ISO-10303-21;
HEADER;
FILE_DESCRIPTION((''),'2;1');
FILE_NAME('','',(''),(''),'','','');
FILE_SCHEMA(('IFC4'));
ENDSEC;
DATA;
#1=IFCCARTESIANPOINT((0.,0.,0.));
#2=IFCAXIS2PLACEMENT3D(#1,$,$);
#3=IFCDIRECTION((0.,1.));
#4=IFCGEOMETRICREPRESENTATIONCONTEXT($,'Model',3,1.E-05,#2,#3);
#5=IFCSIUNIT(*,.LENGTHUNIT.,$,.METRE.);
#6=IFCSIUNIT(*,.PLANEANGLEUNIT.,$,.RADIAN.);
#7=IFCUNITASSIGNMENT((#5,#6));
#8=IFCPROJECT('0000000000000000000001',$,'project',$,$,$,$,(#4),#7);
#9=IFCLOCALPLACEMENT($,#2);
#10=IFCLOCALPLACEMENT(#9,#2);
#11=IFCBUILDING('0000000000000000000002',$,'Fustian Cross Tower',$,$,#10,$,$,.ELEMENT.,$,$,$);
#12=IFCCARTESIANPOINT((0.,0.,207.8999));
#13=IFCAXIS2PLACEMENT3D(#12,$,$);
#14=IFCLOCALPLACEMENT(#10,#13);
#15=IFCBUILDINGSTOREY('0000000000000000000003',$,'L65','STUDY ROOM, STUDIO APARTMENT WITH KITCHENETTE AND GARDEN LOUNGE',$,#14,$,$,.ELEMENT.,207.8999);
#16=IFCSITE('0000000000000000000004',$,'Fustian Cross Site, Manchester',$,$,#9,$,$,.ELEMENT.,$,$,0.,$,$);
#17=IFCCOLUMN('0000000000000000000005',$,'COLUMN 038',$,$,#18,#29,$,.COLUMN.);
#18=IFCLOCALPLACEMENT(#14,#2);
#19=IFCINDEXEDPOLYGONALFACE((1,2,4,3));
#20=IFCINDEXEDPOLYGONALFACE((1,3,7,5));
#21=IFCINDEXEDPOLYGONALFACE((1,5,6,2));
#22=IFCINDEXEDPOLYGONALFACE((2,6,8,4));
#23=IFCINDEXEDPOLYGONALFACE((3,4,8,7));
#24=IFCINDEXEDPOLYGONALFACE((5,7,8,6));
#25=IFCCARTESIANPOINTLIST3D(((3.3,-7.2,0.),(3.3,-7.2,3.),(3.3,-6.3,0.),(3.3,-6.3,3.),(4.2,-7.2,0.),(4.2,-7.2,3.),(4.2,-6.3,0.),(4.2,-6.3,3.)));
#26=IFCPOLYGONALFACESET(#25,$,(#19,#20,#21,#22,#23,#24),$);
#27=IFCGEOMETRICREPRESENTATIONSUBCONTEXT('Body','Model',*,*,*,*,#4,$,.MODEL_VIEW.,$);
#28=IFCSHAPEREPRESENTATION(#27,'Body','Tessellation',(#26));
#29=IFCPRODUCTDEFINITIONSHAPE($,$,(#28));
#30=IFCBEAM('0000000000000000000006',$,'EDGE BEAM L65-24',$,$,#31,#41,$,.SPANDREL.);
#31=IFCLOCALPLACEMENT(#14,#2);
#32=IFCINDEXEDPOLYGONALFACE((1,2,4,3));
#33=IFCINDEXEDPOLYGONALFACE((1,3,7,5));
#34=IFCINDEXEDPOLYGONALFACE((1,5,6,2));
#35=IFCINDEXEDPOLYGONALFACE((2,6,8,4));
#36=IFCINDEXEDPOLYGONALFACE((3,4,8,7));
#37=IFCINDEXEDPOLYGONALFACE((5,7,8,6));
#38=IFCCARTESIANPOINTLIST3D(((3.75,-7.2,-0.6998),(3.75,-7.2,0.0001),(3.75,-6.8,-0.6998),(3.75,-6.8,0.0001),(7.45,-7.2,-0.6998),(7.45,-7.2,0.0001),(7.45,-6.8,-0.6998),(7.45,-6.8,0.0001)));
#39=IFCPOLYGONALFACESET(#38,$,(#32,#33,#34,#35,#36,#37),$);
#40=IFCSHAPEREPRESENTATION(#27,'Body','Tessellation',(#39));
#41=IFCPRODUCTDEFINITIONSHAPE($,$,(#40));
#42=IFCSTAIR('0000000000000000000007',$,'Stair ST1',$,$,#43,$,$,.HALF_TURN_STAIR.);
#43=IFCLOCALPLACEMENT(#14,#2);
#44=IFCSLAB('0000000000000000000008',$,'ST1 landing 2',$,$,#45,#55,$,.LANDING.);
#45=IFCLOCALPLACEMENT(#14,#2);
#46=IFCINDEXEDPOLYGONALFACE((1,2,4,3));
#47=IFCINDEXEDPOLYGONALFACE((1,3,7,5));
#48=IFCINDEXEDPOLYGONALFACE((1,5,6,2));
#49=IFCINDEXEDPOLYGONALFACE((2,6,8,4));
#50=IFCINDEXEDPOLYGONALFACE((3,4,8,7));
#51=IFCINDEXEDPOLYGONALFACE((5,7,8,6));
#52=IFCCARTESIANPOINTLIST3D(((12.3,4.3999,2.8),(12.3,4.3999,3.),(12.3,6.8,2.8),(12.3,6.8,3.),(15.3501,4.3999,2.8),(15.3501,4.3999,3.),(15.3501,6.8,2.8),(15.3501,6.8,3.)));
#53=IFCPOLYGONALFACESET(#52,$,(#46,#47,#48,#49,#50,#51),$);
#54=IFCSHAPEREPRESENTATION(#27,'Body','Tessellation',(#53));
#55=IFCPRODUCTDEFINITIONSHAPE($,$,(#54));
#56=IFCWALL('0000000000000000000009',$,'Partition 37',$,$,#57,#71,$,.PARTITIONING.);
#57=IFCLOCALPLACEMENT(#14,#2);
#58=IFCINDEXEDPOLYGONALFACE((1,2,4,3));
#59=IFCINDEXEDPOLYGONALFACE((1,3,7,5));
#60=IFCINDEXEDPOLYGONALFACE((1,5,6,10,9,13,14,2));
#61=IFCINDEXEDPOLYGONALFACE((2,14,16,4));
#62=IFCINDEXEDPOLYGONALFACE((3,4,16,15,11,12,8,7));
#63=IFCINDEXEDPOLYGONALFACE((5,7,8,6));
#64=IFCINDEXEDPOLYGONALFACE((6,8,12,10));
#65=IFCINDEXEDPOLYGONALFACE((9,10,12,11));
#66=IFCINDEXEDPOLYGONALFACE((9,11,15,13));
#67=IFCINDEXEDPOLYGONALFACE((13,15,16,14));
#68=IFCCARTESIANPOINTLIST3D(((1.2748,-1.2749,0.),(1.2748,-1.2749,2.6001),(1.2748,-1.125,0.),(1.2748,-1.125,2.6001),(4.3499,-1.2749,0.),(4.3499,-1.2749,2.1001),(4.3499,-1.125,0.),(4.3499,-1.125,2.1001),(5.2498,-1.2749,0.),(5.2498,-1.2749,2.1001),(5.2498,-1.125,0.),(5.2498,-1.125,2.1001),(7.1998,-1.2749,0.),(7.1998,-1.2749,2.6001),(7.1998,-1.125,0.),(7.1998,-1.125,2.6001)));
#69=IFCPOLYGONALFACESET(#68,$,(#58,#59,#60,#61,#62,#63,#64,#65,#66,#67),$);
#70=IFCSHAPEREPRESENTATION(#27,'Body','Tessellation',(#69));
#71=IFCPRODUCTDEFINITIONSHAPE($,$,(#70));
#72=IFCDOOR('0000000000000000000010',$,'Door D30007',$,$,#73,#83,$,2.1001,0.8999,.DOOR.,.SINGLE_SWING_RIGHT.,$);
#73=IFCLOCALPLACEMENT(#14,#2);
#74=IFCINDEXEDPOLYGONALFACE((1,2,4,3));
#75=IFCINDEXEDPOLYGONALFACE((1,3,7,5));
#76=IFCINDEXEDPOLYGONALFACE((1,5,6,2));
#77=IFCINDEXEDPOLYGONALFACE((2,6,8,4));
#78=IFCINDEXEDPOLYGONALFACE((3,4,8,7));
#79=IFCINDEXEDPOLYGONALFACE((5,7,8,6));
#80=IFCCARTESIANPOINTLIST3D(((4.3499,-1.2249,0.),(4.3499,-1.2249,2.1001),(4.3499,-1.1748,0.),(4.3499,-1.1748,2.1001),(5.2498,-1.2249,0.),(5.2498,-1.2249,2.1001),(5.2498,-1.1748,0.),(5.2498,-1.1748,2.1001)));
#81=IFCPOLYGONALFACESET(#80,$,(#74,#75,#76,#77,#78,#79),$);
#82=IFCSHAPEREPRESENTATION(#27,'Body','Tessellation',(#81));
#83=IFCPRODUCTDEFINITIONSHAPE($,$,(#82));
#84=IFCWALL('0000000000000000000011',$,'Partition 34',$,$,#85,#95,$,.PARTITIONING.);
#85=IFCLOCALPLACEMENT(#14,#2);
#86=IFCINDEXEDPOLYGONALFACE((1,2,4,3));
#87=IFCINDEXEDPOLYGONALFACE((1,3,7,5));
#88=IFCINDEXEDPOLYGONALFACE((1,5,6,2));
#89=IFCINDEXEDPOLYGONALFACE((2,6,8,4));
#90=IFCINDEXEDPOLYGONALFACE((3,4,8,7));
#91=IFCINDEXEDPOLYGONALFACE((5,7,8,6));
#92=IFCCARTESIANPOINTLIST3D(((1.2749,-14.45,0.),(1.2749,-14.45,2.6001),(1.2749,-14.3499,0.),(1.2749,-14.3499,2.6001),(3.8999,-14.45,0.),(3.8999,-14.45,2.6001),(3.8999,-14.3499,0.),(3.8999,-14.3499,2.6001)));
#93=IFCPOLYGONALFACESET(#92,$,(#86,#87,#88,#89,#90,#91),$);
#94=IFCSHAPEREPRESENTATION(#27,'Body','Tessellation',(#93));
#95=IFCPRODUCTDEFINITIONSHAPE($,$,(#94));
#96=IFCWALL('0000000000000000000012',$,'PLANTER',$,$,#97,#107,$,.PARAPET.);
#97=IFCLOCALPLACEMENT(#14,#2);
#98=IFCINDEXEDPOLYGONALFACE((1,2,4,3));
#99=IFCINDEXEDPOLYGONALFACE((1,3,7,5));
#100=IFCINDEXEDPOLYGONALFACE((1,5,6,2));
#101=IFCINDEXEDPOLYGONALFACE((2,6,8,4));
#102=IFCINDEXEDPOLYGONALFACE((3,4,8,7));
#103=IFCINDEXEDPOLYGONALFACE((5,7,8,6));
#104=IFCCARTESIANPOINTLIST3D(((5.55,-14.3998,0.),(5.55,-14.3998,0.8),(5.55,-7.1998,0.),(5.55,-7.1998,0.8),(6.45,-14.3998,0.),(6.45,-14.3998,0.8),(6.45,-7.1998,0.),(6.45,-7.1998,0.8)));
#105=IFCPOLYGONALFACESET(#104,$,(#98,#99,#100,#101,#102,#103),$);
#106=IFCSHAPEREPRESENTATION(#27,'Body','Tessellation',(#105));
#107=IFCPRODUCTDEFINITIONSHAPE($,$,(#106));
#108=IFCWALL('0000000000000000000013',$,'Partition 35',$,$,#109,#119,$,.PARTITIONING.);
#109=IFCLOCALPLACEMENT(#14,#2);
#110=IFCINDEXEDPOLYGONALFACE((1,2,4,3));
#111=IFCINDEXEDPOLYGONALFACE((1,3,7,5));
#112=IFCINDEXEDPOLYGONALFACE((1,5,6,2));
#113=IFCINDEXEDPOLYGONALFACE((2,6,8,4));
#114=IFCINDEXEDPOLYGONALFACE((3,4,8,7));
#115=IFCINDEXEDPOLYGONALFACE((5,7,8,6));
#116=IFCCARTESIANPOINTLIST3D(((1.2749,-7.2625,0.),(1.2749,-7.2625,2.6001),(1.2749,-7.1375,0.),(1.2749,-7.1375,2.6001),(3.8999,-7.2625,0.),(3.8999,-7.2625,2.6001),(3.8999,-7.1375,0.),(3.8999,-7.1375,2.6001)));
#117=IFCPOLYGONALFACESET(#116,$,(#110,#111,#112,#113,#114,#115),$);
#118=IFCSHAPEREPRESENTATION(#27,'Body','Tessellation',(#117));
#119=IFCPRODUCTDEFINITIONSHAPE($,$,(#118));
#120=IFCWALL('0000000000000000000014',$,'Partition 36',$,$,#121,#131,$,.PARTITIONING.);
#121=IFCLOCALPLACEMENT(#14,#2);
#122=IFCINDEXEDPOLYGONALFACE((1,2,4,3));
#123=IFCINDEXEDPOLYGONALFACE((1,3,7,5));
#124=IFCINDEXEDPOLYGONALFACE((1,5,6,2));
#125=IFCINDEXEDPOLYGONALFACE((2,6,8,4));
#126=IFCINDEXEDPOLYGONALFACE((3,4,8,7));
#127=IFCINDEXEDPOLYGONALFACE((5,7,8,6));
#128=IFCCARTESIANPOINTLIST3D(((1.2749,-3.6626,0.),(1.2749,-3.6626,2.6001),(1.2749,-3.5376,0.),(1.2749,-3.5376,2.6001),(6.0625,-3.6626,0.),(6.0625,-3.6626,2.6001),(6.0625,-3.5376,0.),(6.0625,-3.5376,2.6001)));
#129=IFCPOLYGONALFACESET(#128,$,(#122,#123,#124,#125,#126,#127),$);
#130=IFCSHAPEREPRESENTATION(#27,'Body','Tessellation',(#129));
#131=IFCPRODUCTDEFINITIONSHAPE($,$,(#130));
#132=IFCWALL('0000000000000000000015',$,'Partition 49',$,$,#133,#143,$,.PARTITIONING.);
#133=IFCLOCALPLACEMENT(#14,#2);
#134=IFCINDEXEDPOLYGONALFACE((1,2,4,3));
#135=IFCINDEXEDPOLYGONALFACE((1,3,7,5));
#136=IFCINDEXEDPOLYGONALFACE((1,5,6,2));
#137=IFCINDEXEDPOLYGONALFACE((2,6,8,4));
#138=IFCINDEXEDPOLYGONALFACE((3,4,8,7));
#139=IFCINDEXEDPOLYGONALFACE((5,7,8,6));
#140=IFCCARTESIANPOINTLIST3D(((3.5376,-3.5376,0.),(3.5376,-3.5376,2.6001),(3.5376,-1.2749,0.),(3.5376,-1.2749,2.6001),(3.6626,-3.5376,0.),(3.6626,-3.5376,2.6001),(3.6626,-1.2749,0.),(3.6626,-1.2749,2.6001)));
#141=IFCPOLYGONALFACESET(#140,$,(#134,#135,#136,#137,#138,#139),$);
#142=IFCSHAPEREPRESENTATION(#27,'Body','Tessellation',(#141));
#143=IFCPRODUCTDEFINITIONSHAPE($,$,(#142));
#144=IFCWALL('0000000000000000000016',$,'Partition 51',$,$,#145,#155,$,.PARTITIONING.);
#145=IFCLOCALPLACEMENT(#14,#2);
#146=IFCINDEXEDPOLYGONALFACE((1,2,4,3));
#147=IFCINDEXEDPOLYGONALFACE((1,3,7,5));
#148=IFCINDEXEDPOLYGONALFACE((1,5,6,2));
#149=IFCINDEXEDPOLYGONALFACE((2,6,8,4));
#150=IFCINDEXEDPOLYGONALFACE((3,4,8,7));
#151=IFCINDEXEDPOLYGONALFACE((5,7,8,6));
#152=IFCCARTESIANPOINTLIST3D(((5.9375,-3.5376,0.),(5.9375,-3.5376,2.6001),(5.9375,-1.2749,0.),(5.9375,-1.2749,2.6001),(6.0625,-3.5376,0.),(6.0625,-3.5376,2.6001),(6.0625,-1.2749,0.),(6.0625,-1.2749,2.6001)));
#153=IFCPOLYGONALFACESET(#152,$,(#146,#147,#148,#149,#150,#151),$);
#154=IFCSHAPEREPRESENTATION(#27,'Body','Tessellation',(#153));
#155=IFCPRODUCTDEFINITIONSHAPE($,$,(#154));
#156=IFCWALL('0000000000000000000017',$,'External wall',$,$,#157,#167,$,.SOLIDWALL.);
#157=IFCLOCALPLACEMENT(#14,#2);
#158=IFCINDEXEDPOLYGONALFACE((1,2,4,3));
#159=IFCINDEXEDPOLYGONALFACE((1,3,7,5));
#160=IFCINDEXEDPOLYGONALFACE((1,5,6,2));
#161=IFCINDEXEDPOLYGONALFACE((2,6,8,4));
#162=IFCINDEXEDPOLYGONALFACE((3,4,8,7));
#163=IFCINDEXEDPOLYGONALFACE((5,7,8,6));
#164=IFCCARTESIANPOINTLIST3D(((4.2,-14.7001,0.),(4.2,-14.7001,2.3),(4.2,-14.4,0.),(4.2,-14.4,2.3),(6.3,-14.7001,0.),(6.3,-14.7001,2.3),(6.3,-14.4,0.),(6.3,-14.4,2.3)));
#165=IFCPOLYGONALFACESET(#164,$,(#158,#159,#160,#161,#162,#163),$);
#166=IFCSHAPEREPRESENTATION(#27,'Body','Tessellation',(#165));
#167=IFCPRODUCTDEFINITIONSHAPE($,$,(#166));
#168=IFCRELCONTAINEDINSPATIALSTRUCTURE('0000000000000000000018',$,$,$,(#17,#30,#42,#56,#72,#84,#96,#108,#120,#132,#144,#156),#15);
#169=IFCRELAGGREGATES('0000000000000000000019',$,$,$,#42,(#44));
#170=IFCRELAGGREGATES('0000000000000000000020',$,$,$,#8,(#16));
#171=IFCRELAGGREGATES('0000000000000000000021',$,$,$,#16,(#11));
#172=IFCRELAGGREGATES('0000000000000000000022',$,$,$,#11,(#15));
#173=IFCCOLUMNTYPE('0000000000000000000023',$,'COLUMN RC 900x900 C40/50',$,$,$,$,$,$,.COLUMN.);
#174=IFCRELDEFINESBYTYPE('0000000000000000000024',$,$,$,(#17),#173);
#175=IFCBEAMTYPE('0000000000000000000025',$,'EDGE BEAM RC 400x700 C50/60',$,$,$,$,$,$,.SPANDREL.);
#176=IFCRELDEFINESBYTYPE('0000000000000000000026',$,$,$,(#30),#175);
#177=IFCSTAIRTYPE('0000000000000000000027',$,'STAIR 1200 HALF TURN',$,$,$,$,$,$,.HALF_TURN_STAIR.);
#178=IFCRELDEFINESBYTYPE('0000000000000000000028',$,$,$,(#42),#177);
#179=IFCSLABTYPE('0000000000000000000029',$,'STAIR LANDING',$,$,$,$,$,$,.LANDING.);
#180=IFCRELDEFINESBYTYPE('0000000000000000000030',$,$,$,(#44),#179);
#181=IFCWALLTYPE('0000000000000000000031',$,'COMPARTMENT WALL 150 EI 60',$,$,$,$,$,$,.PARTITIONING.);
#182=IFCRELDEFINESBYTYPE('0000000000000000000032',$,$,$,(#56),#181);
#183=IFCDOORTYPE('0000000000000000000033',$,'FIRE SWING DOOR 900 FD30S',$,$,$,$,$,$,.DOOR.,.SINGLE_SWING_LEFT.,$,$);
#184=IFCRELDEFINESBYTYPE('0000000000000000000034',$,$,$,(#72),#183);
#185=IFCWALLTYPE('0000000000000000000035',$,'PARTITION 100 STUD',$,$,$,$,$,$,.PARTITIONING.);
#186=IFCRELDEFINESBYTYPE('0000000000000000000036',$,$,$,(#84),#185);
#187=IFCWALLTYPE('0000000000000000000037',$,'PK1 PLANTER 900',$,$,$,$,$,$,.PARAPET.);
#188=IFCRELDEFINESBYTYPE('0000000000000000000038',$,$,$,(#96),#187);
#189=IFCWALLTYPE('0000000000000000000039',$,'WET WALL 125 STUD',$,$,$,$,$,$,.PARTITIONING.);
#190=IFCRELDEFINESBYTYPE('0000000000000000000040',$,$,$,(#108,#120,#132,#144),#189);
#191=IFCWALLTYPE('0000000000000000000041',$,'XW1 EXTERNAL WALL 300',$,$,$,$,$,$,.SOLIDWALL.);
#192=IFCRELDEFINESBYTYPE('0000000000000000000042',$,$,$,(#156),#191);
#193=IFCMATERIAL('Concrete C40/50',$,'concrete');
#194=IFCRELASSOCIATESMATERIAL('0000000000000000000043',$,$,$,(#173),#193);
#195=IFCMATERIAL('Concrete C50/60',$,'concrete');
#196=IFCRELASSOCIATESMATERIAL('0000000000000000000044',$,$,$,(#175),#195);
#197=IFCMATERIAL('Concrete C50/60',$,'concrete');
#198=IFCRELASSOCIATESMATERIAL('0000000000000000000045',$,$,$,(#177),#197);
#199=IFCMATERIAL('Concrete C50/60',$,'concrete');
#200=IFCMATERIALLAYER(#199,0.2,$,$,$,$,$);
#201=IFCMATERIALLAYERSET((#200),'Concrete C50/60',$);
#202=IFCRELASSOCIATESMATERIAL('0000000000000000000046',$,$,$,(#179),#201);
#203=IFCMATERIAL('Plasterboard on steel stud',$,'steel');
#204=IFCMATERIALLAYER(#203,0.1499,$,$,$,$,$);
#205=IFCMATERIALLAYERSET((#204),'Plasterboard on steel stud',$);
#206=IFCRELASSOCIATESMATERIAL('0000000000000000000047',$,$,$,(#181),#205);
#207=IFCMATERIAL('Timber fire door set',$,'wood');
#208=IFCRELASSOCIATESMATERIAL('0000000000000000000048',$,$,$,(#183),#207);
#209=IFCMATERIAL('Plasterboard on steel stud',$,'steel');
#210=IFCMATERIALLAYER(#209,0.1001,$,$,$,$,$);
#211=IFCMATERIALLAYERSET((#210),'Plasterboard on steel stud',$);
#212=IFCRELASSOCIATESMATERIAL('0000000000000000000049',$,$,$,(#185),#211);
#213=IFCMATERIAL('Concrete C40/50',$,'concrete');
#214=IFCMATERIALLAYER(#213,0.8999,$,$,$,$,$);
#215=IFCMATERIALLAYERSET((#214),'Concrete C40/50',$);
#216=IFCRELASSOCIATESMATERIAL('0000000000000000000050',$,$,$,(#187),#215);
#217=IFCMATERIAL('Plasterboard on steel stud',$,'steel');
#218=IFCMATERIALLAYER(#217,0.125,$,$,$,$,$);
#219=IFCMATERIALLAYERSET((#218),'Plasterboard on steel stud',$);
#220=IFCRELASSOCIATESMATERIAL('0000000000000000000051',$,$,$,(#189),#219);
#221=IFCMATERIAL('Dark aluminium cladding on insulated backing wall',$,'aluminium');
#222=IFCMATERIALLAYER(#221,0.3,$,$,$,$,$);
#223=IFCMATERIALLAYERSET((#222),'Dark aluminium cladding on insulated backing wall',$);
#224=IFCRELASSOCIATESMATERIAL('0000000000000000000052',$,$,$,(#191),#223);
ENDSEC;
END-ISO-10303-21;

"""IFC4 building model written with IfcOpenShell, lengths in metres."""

from ifc_helpers import new_model, si_unit, direction, frame, frame_2d, origin, origin_2d, place, context, subcontext, project, spatial, polyline, rectangle, outline, extrude, material, layer, layer_set, material_profile, profile_set, type_object, element, fill, aggregate, save


model = new_model("IFC4")

# Units and contexts
model_context = context("Model", 3, precision=1e-05, world=origin(), true_north=direction((0.0, 1.0)))
body_context = subcontext(model_context, "Body", "Model", "MODEL_VIEW")
ifc_project = project(units=[si_unit("LENGTHUNIT", "METRE"), si_unit("PLANEANGLEUNIT", "RADIAN")], contexts=[model_context])

# Site, building, storey
site_placement = place(None, origin())
site = spatial("IfcSite", under=ifc_project, at=site_placement, Name="Fustian Cross Site, Manchester", CompositionType="ELEMENT", RefElevation=0.0)
building_placement = place(site_placement, origin())
building = spatial("IfcBuilding", under=site, at=building_placement, Name="Fustian Cross Tower", CompositionType="ELEMENT")
storey_placement = place(building_placement, frame((0.0, 0.0, 207.8999)))
storey = spatial("IfcBuildingStorey", under=building, at=storey_placement, Name="L65", Description="STUDY ROOM, STUDIO APARTMENT WITH KITCHENETTE AND GARDEN LOUNGE", CompositionType="ELEMENT", Elevation=207.8999)

# Column
ifc_material_1 = material(Name="Concrete C40/50", Category="concrete")
ifc_material_profile_1 = material_profile(ifc_material_1, rectangle(XDim=0.8999, YDim=0.8999, at=origin_2d()), Name="RC 900x900")
ifc_profile_set_1 = profile_set([ifc_material_profile_1], Name="Concrete C40/50")
column_type = type_object("IfcColumnType", Name="COLUMN RC 900x900 C40/50", PredefinedType="COLUMN", material=ifc_profile_set_1)
column_placement = place(storey_placement, frame((3.75, -6.75, 0.0), z_axis=(0.0, 0.0, 1.0), x_axis=(1.0, 0.0, 0.0)))
element("IfcColumn", 1, at=column_placement, inside=storey, type_object=column_type, Name="COLUMN 038", PredefinedType="COLUMN", context=body_context, shape_type="SweptSolid", body=[
    extrude(rectangle(XDim=0.8999, YDim=0.8999, at=origin_2d()), origin(), (0.0, 0.0, 1.0), 3.0),
])

# Beam
ifc_material_2 = material(Name="Concrete C50/60", Category="concrete")
ifc_material_profile_2 = material_profile(ifc_material_2, rectangle(XDim=0.3999, YDim=0.7, at=origin_2d()), Name="RC 400x700")
ifc_profile_set_2 = profile_set([ifc_material_profile_2], Name="Concrete C50/60")
beam_type = type_object("IfcBeamType", Name="EDGE BEAM RC 400x700 C50/60", PredefinedType="SPANDREL", material=ifc_profile_set_2)
beam_placement = place(storey_placement, frame((3.75, -7.0, -0.3499), z_axis=(1.0, 0.0, 0.0), x_axis=(0.0, 1.0, 0.0)))
element("IfcBeam", 2, at=beam_placement, inside=storey, type_object=beam_type, Name="EDGE BEAM L65-24", PredefinedType="SPANDREL", context=body_context, shape_type="SweptSolid", body=[
    extrude(rectangle(XDim=0.3999, YDim=0.7, at=origin_2d()), origin(), (0.0, 0.0, 1.0), 3.7),
])

# Stair, slab
ifc_material_3 = material(Name="Concrete C50/60", Category="concrete")
stair_type = type_object("IfcStairType", Name="STAIR 1200 HALF TURN", PredefinedType="HALF_TURN_STAIR", material=ifc_material_3)
stair_placement = place(storey_placement, origin())
stair = element("IfcStair", 3, at=stair_placement, inside=storey, type_object=stair_type, Name="Stair ST1", PredefinedType="HALF_TURN_STAIR")
ifc_material_4 = material(Name="Concrete C50/60", Category="concrete")
ifc_layer_1 = layer(ifc_material_4, 0.2)
ifc_layer_set_1 = layer_set([ifc_layer_1], Name="Concrete C50/60")
slab_type = type_object("IfcSlabType", Name="STAIR LANDING", PredefinedType="LANDING", material=ifc_layer_set_1)
slab_placement = place(storey_placement, frame((0.0, 0.0, 2.8)))
slab = element("IfcSlab", 4, at=slab_placement, type_object=slab_type, Name="ST1 landing 2", PredefinedType="LANDING", context=body_context, shape_type="SweptSolid", body=[
    extrude(outline(polyline([(12.3, 4.3999), (15.3501, 4.3999), (15.3501, 6.8), (12.3, 6.8), (12.3, 4.3999)])), origin(), (0.0, 0.0, 1.0), 0.2),
])
aggregate(stair, [slab])

# Wall, opening, door
ifc_material_5 = material(Name="Plasterboard on steel stud", Category="steel")
ifc_layer_2 = layer(ifc_material_5, 0.1499)
ifc_layer_set_2 = layer_set([ifc_layer_2], Name="Plasterboard on steel stud")
wall_type_1 = type_object("IfcWallType", Name="COMPARTMENT WALL 150 EI 60", PredefinedType="PARTITIONING", material=ifc_layer_set_2)
wall_1_placement = place(storey_placement, frame((1.2749, -1.2, 0.0), z_axis=(0.0, 0.0, 1.0), x_axis=(1.0, 0.0, 0.0)))
wall_1 = element("IfcWall", 5, at=wall_1_placement, inside=storey, type_object=wall_type_1, Name="Partition 37", PredefinedType="PARTITIONING", context=body_context, shape_type="SweptSolid", body=[
    extrude(rectangle(XDim=5.925, YDim=0.1499, at=frame_2d((2.9624, 0.0))), origin(), (0.0, 0.0, 1.0), 2.6001),
])
opening_1_placement = place(wall_1_placement, frame((3.075, 0.0, 0.0)))
opening_1 = element("IfcOpeningElement", 6, at=opening_1_placement, cuts=wall_1, PredefinedType="OPENING", context=body_context, shape_type="SweptSolid", body=[
    extrude(rectangle(XDim=0.8999, YDim=2.1001, at=frame_2d((0.45, 1.05))), frame((0.0, 0.085, 0.0), z_axis=(0.0, -1.0, 0.0), x_axis=(1.0, 0.0, 0.0)), (0.0, 0.0, 1.0), 0.1699),
])
ifc_material_6 = material(Name="Timber fire door set", Category="wood")
door_type_1 = type_object("IfcDoorType", Name="FIRE SWING DOOR 900 FD30S", OperationType="SINGLE_SWING_LEFT", PredefinedType="DOOR", material=ifc_material_6)
door_1_placement = place(opening_1_placement, frame((0.8999, 0.0, 0.0), z_axis=(0.0, 0.0, 1.0), x_axis=(-1.0, 0.0, 0.0)))
door_1 = element("IfcDoor", 7, at=door_1_placement, inside=storey, type_object=door_type_1, Name="Door D30007", OperationType="SINGLE_SWING_RIGHT", OverallHeight=2.1001, OverallWidth=0.8999, PredefinedType="DOOR", context=body_context, shape_type="SweptSolid", body=[
    extrude(rectangle(XDim=0.8999, YDim=2.1001, at=frame_2d((0.45, 1.05))), frame((0.0, 0.0249, 0.0), z_axis=(0.0, -1.0, 0.0), x_axis=(1.0, 0.0, 0.0)), (0.0, 0.0, 1.0), 0.05),
])
fill(opening_1, door_1)

# Walls
ifc_material_7 = material(Name="Plasterboard on steel stud", Category="steel")
ifc_layer_3 = layer(ifc_material_7, 0.1001)
ifc_layer_set_3 = layer_set([ifc_layer_3], Name="Plasterboard on steel stud")
wall_type_2 = type_object("IfcWallType", Name="PARTITION 100 STUD", PredefinedType="PARTITIONING", material=ifc_layer_set_3)
wall_2_placement = place(storey_placement, frame((1.2749, -14.3999, 0.0), z_axis=(0.0, 0.0, 1.0), x_axis=(1.0, 0.0, 0.0)))
element("IfcWall", 8, at=wall_2_placement, inside=storey, type_object=wall_type_2, Name="Partition 34", PredefinedType="PARTITIONING", context=body_context, shape_type="SweptSolid", body=[
    extrude(rectangle(XDim=2.625, YDim=0.1001, at=frame_2d((1.3125, 0.0))), origin(), (0.0, 0.0, 1.0), 2.6001),
])
ifc_material_8 = material(Name="Concrete C40/50", Category="concrete")
ifc_layer_4 = layer(ifc_material_8, 0.8999)
ifc_layer_set_4 = layer_set([ifc_layer_4], Name="Concrete C40/50")
wall_type_3 = type_object("IfcWallType", Name="PK1 PLANTER 900", PredefinedType="PARAPET", material=ifc_layer_set_4)
wall_3_placement = place(storey_placement, frame((6.0, -14.3999, 0.0), z_axis=(0.0, 0.0, 1.0), x_axis=(0.0, 1.0, 0.0)))
element("IfcWall", 9, at=wall_3_placement, inside=storey, type_object=wall_type_3, Name="PLANTER", PredefinedType="PARAPET", context=body_context, shape_type="SweptSolid", body=[
    extrude(rectangle(XDim=7.2, YDim=0.8999, at=frame_2d((3.6001, 0.0))), origin(), (0.0, 0.0, 1.0), 0.8),
])
ifc_material_9 = material(Name="Plasterboard on steel stud", Category="steel")
ifc_layer_5 = layer(ifc_material_9, 0.125)
ifc_layer_set_5 = layer_set([ifc_layer_5], Name="Plasterboard on steel stud")
wall_type_4 = type_object("IfcWallType", Name="WET WALL 125 STUD", PredefinedType="PARTITIONING", material=ifc_layer_set_5)
wall_4_placement = place(storey_placement, frame((1.2749, -7.2, 0.0), z_axis=(0.0, 0.0, 1.0), x_axis=(1.0, 0.0, 0.0)))
element("IfcWall", 10, at=wall_4_placement, inside=storey, type_object=wall_type_4, Name="Partition 35", PredefinedType="PARTITIONING", context=body_context, shape_type="SweptSolid", body=[
    extrude(rectangle(XDim=2.625, YDim=0.125, at=frame_2d((1.3125, 0.0))), origin(), (0.0, 0.0, 1.0), 2.6001),
])
wall_5_placement = place(storey_placement, frame((1.2749, -3.6001, 0.0), z_axis=(0.0, 0.0, 1.0), x_axis=(1.0, 0.0, 0.0)))
element("IfcWall", 11, at=wall_5_placement, inside=storey, type_object=wall_type_4, Name="Partition 36", PredefinedType="PARTITIONING", context=body_context, shape_type="SweptSolid", body=[
    extrude(rectangle(XDim=4.7876, YDim=0.125, at=frame_2d((2.3938, 0.0))), origin(), (0.0, 0.0, 1.0), 2.6001),
])
for number, where, z_axis, x_axis, name in (
    (12, (3.6001, -3.5376, 0.0), (0.0, 0.0, 1.0), (0.0, 1.0, 0.0), "Partition 49"),
    (13, (6.0, -3.5376, 0.0), (0.0, 0.0, 1.0), (0.0, 1.0, 0.0), "Partition 51"),
):
    element("IfcWall", number, at=place(storey_placement, frame(where, z_axis=z_axis, x_axis=x_axis)), inside=storey, type_object=wall_type_4, Name=name, PredefinedType="PARTITIONING", context=body_context, shape_type="SweptSolid", body=[
        extrude(rectangle(XDim=2.2627, YDim=0.125, at=frame_2d((1.1313, 0.0))), origin(), (0.0, 0.0, 1.0), 2.6001),
    ])
ifc_material_10 = material(Name="Dark aluminium cladding on insulated backing wall", Category="aluminium")
ifc_layer_6 = layer(ifc_material_10, 0.3)
ifc_layer_set_6 = layer_set([ifc_layer_6], Name="Dark aluminium cladding on insulated backing wall")
wall_type_5 = type_object("IfcWallType", Name="XW1 EXTERNAL WALL 300", PredefinedType="SOLIDWALL", material=ifc_layer_set_6)
wall_6_placement = place(storey_placement, frame((6.3, -14.55, 0.0), z_axis=(0.0, 0.0, 1.0), x_axis=(-1.0, 0.0, 0.0)))
element("IfcWall", 14, at=wall_6_placement, inside=storey, type_object=wall_type_5, Name="External wall", PredefinedType="SOLIDWALL", context=body_context, shape_type="SweptSolid", body=[
    extrude(rectangle(XDim=2.1001, YDim=0.3, at=frame_2d((1.05, 0.0))), origin(), (0.0, 0.0, 1.0), 2.3),
])

save(model, "model.ifc")
